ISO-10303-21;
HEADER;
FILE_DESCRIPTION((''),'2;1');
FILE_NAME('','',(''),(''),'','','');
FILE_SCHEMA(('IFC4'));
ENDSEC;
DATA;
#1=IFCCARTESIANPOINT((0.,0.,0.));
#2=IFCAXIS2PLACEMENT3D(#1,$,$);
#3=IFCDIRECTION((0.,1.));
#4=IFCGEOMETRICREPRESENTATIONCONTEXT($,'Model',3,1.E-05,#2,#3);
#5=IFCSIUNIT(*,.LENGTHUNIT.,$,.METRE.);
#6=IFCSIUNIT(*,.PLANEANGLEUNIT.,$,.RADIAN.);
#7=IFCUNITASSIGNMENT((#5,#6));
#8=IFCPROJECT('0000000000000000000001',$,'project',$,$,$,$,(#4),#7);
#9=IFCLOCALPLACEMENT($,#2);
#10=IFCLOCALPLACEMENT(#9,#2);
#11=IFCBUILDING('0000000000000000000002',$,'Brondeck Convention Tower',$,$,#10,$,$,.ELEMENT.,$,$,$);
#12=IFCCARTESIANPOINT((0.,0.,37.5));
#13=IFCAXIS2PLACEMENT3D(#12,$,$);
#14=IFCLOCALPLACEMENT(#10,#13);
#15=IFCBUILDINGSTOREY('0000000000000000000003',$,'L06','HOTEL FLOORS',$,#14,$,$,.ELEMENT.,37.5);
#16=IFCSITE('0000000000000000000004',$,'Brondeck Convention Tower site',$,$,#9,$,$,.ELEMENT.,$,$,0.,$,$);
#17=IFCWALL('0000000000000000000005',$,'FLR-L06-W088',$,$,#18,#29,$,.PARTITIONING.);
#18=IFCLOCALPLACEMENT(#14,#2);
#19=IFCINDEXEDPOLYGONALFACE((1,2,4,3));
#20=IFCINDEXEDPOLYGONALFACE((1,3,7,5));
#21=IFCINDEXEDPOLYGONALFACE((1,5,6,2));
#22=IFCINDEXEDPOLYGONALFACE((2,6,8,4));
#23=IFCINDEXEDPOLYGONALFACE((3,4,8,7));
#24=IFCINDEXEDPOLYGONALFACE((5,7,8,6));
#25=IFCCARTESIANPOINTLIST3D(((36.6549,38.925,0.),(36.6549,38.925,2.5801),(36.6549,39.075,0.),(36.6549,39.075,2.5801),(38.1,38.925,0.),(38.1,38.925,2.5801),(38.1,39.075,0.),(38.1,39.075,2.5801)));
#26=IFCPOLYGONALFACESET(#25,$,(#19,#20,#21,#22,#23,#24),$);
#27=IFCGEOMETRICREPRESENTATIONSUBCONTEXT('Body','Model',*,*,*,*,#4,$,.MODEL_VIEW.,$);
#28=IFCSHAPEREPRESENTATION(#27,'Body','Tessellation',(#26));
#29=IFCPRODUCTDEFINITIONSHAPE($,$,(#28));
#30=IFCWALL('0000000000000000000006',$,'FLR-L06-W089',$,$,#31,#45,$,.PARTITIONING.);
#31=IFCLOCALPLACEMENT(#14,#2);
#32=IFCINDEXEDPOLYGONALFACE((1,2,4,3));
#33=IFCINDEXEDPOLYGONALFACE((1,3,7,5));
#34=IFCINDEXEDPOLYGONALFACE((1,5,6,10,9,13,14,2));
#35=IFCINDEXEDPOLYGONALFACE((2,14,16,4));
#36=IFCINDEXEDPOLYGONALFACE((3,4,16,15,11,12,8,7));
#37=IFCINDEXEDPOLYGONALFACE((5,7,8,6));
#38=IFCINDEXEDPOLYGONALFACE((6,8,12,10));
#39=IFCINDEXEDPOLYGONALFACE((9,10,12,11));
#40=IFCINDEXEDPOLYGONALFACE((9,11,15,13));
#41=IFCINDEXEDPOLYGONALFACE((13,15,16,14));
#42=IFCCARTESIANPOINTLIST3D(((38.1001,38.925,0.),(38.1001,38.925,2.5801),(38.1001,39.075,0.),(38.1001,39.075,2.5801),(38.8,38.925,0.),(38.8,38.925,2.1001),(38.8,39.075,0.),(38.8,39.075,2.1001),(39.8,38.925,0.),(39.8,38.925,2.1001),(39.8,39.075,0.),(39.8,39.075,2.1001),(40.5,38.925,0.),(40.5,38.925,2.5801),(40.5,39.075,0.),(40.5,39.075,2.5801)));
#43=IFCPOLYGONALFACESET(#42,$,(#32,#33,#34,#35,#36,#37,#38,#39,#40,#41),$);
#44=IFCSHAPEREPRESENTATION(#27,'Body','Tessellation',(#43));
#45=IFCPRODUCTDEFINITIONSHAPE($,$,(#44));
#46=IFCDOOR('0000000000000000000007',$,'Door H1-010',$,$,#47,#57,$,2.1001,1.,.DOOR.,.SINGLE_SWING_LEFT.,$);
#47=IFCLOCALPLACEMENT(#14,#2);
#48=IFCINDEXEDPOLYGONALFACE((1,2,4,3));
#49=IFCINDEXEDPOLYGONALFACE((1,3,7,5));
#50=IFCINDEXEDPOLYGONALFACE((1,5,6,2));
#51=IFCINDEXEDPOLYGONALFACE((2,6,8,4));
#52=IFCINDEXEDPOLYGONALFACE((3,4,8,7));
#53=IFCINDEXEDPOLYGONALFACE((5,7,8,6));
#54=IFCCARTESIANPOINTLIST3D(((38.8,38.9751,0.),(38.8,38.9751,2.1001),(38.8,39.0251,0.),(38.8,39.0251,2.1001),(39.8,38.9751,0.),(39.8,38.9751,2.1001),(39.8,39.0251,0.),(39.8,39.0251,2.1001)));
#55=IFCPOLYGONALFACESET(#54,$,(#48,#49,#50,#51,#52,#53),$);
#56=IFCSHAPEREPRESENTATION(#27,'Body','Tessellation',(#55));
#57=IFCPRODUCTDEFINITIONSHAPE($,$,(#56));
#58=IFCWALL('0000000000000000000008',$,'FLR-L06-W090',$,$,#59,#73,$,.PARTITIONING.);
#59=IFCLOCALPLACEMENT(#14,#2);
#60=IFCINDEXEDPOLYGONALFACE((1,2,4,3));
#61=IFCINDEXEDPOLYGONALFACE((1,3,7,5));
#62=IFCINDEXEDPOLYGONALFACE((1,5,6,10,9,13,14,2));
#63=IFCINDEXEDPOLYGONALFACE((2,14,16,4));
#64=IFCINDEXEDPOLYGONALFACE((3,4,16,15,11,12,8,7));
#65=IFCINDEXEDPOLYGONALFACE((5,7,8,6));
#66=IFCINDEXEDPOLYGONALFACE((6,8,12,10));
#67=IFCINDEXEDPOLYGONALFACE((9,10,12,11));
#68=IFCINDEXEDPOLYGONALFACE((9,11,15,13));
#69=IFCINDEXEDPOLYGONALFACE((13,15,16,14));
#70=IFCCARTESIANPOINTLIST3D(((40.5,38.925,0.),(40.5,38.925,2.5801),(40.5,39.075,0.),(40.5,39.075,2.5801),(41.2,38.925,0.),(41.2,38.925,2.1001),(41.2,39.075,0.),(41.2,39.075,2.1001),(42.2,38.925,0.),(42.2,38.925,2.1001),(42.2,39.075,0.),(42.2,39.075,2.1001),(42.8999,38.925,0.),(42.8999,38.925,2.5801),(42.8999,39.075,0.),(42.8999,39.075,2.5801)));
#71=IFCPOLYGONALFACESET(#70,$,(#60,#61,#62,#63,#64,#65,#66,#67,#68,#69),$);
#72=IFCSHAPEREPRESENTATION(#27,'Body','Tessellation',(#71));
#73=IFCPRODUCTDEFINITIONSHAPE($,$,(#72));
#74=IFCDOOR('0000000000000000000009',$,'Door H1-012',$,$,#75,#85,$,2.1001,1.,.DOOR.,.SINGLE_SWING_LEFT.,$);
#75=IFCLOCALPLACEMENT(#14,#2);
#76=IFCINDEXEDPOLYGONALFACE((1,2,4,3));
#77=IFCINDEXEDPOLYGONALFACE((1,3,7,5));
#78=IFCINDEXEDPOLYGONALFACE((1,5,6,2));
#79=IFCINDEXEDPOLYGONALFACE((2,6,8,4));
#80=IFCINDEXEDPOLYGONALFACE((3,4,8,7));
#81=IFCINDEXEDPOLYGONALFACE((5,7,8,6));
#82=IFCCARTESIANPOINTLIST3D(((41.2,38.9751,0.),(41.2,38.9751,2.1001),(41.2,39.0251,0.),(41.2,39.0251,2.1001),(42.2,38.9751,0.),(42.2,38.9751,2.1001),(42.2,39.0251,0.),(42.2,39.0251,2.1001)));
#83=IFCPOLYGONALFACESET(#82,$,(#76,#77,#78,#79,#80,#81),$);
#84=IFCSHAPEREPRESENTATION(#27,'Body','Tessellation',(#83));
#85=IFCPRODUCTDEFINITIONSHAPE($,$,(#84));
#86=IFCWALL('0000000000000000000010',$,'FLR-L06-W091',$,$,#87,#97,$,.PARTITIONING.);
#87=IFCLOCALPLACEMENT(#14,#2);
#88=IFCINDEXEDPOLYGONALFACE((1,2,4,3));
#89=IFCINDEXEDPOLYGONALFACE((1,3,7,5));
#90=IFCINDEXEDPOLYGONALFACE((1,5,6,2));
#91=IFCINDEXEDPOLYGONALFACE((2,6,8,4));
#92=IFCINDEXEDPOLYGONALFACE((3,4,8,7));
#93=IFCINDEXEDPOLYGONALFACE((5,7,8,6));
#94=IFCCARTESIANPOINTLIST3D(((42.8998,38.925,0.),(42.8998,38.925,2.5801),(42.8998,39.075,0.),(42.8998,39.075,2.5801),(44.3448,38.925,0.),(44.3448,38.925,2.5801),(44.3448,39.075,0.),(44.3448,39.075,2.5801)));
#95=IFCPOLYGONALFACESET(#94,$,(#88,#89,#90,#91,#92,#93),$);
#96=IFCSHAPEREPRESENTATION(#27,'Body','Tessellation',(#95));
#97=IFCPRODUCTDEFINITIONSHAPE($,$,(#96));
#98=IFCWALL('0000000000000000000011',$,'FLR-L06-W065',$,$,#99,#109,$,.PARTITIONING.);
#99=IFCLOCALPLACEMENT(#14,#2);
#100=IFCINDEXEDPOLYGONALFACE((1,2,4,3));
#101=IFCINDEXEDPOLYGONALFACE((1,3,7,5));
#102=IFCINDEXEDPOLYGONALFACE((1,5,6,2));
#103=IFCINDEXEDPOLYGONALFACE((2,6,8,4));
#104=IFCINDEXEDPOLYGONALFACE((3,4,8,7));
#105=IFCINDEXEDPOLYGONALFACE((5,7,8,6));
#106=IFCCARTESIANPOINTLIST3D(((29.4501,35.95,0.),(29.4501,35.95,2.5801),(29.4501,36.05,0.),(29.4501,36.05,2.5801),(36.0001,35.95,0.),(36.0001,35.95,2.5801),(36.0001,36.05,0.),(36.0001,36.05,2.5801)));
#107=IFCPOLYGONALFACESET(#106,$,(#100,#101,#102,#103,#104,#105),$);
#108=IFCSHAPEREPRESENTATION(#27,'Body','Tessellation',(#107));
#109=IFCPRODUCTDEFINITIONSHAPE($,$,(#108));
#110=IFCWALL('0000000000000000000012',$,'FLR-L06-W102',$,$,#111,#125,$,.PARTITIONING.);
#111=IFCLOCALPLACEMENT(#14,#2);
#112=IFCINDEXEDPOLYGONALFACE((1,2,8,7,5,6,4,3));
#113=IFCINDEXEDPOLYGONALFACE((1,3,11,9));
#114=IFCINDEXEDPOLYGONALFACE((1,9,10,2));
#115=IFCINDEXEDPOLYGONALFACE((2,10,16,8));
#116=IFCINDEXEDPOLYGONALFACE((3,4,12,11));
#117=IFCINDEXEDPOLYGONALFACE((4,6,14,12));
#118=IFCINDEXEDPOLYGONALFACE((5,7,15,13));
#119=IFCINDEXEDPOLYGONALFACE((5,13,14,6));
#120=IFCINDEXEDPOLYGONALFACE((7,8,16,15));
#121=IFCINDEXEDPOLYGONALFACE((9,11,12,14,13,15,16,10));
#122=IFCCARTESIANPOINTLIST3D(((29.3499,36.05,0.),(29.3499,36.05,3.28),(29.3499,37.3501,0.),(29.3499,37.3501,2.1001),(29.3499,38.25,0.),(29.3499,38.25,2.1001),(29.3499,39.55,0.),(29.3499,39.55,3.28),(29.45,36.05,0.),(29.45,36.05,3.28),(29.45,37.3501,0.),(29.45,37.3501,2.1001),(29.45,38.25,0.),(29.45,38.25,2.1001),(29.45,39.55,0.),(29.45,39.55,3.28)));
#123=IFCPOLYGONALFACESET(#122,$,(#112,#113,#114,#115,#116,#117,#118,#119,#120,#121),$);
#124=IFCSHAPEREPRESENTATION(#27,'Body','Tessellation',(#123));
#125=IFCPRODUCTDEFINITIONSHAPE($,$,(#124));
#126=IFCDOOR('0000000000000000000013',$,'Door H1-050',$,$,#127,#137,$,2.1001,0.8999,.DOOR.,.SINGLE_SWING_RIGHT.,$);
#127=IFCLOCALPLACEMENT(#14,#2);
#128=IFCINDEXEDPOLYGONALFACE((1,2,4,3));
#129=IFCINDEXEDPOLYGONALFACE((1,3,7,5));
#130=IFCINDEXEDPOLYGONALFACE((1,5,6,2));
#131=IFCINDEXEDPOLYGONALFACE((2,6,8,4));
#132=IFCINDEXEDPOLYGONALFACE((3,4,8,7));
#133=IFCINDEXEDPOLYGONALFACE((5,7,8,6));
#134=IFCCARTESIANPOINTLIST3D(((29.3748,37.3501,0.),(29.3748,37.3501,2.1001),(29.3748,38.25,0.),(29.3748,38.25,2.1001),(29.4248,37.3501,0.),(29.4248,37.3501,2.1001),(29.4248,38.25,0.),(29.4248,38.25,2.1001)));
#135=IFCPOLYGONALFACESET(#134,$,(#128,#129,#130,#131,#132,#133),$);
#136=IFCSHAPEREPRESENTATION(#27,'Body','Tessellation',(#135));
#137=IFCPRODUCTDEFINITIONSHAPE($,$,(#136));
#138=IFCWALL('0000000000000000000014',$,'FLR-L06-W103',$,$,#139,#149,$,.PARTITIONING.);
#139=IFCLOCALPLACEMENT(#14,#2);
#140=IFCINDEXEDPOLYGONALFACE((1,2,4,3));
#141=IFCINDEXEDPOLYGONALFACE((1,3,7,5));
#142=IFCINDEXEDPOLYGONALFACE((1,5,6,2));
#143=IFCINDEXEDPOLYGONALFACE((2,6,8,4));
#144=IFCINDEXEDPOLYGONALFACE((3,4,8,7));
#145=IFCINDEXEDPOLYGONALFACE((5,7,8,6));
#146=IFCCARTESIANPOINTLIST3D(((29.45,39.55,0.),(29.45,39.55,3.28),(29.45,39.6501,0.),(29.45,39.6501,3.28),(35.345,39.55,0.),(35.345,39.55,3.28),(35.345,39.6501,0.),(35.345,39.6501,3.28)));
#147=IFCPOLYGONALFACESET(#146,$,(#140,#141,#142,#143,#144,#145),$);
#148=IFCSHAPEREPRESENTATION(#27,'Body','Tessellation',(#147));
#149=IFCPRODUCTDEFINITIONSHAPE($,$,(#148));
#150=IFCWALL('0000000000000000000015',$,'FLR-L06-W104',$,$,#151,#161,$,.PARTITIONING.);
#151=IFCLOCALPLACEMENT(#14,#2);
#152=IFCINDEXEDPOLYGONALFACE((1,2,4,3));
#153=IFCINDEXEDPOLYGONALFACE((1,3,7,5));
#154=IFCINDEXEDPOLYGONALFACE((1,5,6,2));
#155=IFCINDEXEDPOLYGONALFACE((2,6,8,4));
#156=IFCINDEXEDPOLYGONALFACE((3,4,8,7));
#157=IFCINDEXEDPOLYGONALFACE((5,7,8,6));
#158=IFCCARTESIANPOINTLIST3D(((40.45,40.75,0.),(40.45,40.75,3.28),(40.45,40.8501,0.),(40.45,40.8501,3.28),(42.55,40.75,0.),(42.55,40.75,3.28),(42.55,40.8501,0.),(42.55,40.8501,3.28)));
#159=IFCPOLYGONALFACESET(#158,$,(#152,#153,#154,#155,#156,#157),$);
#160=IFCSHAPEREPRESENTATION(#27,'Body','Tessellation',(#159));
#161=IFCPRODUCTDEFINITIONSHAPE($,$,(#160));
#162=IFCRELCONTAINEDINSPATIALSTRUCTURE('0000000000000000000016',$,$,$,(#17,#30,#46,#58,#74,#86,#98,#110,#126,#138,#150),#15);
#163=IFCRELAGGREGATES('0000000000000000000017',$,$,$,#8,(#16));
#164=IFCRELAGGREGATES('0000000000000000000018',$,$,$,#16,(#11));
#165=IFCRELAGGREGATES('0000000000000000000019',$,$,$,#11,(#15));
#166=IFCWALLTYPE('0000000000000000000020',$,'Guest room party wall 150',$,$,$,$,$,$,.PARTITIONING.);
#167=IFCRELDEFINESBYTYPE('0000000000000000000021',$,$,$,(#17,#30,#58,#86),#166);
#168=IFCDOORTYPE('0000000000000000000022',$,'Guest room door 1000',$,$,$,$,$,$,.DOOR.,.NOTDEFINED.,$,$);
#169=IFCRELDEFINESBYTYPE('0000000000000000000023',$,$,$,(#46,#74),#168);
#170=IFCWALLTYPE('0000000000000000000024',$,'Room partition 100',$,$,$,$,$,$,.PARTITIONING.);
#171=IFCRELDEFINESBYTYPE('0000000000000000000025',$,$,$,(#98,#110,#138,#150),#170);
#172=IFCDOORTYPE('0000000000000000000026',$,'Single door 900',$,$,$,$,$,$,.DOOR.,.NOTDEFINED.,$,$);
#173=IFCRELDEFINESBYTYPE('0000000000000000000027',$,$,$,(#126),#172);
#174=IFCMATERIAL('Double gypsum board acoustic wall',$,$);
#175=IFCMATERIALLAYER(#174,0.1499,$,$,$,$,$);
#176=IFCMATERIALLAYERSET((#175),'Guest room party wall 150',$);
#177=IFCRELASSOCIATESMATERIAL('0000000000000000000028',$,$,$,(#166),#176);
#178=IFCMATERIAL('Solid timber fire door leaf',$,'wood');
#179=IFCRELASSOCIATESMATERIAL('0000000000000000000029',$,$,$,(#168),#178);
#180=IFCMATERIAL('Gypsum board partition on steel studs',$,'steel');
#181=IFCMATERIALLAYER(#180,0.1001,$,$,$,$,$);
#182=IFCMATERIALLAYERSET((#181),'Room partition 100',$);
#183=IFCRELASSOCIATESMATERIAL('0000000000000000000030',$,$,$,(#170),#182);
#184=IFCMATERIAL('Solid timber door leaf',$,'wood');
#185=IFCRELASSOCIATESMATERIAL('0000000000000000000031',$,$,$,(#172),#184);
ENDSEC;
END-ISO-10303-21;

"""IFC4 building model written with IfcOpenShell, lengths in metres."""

from ifc_helpers import new_model, si_unit, direction, frame, frame_2d, origin, place, context, subcontext, project, spatial, rectangle, extrude, material, layer, layer_set, type_object, element, fill, save


model = new_model("IFC4")

# Units and contexts
model_context = context("Model", 3, precision=1e-05, world=origin(), true_north=direction((0.0, 1.0)))
body_context = subcontext(model_context, "Body", "Model", "MODEL_VIEW")
ifc_project = project(units=[si_unit("LENGTHUNIT", "METRE"), si_unit("PLANEANGLEUNIT", "RADIAN")], contexts=[model_context])

# Site, building, storey
site_placement = place(None, origin())
site = spatial("IfcSite", under=ifc_project, at=site_placement, Name="Brondeck Convention Tower site", CompositionType="ELEMENT", RefElevation=0.0)
building_placement = place(site_placement, origin())
building = spatial("IfcBuilding", under=site, at=building_placement, Name="Brondeck Convention Tower", CompositionType="ELEMENT")
storey_placement = place(building_placement, frame((0.0, 0.0, 37.5)))
storey = spatial("IfcBuildingStorey", under=building, at=storey_placement, Name="L06", Description="HOTEL FLOORS", CompositionType="ELEMENT", Elevation=37.5)

# Shared definitions
ifc_material_1 = material(Name="Double gypsum board acoustic wall")
ifc_layer_1 = layer(ifc_material_1, 0.1499)
ifc_layer_set_1 = layer_set([ifc_layer_1], Name="Guest room party wall 150")
wall_type_1 = type_object("IfcWallType", Name="Guest room party wall 150", PredefinedType="PARTITIONING", material=ifc_layer_set_1)

# Shared definitions
ifc_material_2 = material(Name="Solid timber door leaf", Category="wood")

# Wall
wall_1_placement = place(storey_placement, frame((38.1001, 39.0, 0.0), z_axis=(0.0, 0.0, 1.0), x_axis=(-1.0, 0.0, 0.0)))
element("IfcWall", 1, at=wall_1_placement, inside=storey, type_object=wall_type_1, Name="FLR-L06-W088", PredefinedType="PARTITIONING", context=body_context, shape_type="SweptSolid", body=[
    extrude(rectangle(XDim=1.4451, YDim=0.1499, at=frame_2d((0.7227, 0.0))), origin(), (0.0, 0.0, 1.0), 2.5801),
])

# Walls, openings, doors
wall_2_placement = place(storey_placement, frame((40.5, 39.0, 0.0), z_axis=(0.0, 0.0, 1.0), x_axis=(-1.0, 0.0, 0.0)))
wall_2 = element("IfcWall", 2, at=wall_2_placement, inside=storey, type_object=wall_type_1, Name="FLR-L06-W089", PredefinedType="PARTITIONING", context=body_context, shape_type="SweptSolid", body=[
    extrude(rectangle(XDim=2.3999, YDim=0.1499, at=frame_2d((1.2, 0.0))), origin(), (0.0, 0.0, 1.0), 2.5801),
])
opening_1_placement = place(wall_2_placement, frame((0.7, 0.0, 0.0)))
opening_1 = element("IfcOpeningElement", 3, at=opening_1_placement, cuts=wall_2, PredefinedType="OPENING", context=body_context, shape_type="SweptSolid", body=[
    extrude(rectangle(XDim=1.0, YDim=2.1001, at=frame_2d((0.5, 1.05))), frame((0.0, 0.085, 0.0), z_axis=(0.0, -1.0, 0.0), x_axis=(1.0, 0.0, 0.0)), (0.0, 0.0, 1.0), 0.1699),
])
ifc_material_3 = material(Name="Solid timber fire door leaf", Category="wood")
door_type_1 = type_object("IfcDoorType", Name="Guest room door 1000", OperationType="NOTDEFINED", PredefinedType="DOOR", material=ifc_material_3)
door_1_placement = place(opening_1_placement, origin())
door_1 = element("IfcDoor", 4, at=door_1_placement, inside=storey, type_object=door_type_1, Name="Door H1-010", OperationType="SINGLE_SWING_LEFT", OverallHeight=2.1001, OverallWidth=1.0, PredefinedType="DOOR", context=body_context, shape_type="SweptSolid", body=[
    extrude(rectangle(XDim=1.0, YDim=2.1001, at=frame_2d((0.5, 1.05))), frame((0.0, 0.0249, 0.0), z_axis=(0.0, -1.0, 0.0), x_axis=(1.0, 0.0, 0.0)), (0.0, 0.0, 1.0), 0.05),
])
fill(opening_1, door_1)
wall_3_placement = place(storey_placement, frame((42.8999, 39.0, 0.0), z_axis=(0.0, 0.0, 1.0), x_axis=(-1.0, 0.0, 0.0)))
wall_3 = element("IfcWall", 5, at=wall_3_placement, inside=storey, type_object=wall_type_1, Name="FLR-L06-W090", PredefinedType="PARTITIONING", context=body_context, shape_type="SweptSolid", body=[
    extrude(rectangle(XDim=2.3999, YDim=0.1499, at=frame_2d((1.2, 0.0))), origin(), (0.0, 0.0, 1.0), 2.5801),
])
opening_2_placement = place(wall_3_placement, frame((0.7, 0.0, 0.0)))
opening_2 = element("IfcOpeningElement", 6, at=opening_2_placement, cuts=wall_3, PredefinedType="OPENING", context=body_context, shape_type="SweptSolid", body=[
    extrude(rectangle(XDim=1.0, YDim=2.1001, at=frame_2d((0.5, 1.05))), frame((0.0, 0.085, 0.0), z_axis=(0.0, -1.0, 0.0), x_axis=(1.0, 0.0, 0.0)), (0.0, 0.0, 1.0), 0.1699),
])
door_2_placement = place(opening_2_placement, origin())
door_2 = element("IfcDoor", 7, at=door_2_placement, inside=storey, type_object=door_type_1, Name="Door H1-012", OperationType="SINGLE_SWING_LEFT", OverallHeight=2.1001, OverallWidth=1.0, PredefinedType="DOOR", context=body_context, shape_type="SweptSolid", body=[
    extrude(rectangle(XDim=1.0, YDim=2.1001, at=frame_2d((0.5, 1.05))), frame((0.0, 0.0249, 0.0), z_axis=(0.0, -1.0, 0.0), x_axis=(1.0, 0.0, 0.0)), (0.0, 0.0, 1.0), 0.05),
])
fill(opening_2, door_2)

# Walls
wall_4_placement = place(storey_placement, frame((44.345, 39.0, 0.0), z_axis=(0.0, 0.0, 1.0), x_axis=(-1.0, 0.0, 0.0)))
element("IfcWall", 8, at=wall_4_placement, inside=storey, type_object=wall_type_1, Name="FLR-L06-W091", PredefinedType="PARTITIONING", context=body_context, shape_type="SweptSolid", body=[
    extrude(rectangle(XDim=1.4451, YDim=0.1499, at=frame_2d((0.7227, 0.0))), origin(), (0.0, 0.0, 1.0), 2.5801),
])
ifc_material_4 = material(Name="Gypsum board partition on steel studs", Category="steel")
ifc_layer_2 = layer(ifc_material_4, 0.1001)
ifc_layer_set_2 = layer_set([ifc_layer_2], Name="Room partition 100")
wall_type_2 = type_object("IfcWallType", Name="Room partition 100", PredefinedType="PARTITIONING", material=ifc_layer_set_2)
wall_5_placement = place(storey_placement, frame((36.0, 36.0, 0.0), z_axis=(0.0, 0.0, 1.0), x_axis=(-1.0, 0.0, 0.0)))
element("IfcWall", 9, at=wall_5_placement, inside=storey, type_object=wall_type_2, Name="FLR-L06-W065", PredefinedType="PARTITIONING", context=body_context, shape_type="SweptSolid", body=[
    extrude(rectangle(XDim=6.55, YDim=0.1001, at=frame_2d((3.2749, 0.0))), origin(), (0.0, 0.0, 1.0), 2.5801),
])

# Wall, opening, door
wall_6_placement = place(storey_placement, frame((29.3999, 39.55, 0.0), z_axis=(0.0, 0.0, 1.0), x_axis=(0.0, -1.0, 0.0)))
wall_6 = element("IfcWall", 10, at=wall_6_placement, inside=storey, type_object=wall_type_2, Name="FLR-L06-W102", PredefinedType="PARTITIONING", context=body_context, shape_type="SweptSolid", body=[
    extrude(rectangle(XDim=3.5, YDim=0.1001, at=frame_2d((1.75, 0.0))), origin(), (0.0, 0.0, 1.0), 3.28),
])
opening_3_placement = place(wall_6_placement, frame((1.3, 0.0, 0.0)))
opening_3 = element("IfcOpeningElement", 11, at=opening_3_placement, cuts=wall_6, PredefinedType="OPENING", context=body_context, shape_type="SweptSolid", body=[
    extrude(rectangle(XDim=0.8999, YDim=2.1001, at=frame_2d((0.45, 1.05))), frame((0.0, 0.0601, 0.0), z_axis=(0.0, -1.0, 0.0), x_axis=(1.0, 0.0, 0.0)), (0.0, 0.0, 1.0), 0.1201),
])
door_type_2 = type_object("IfcDoorType", Name="Single door 900", OperationType="NOTDEFINED", PredefinedType="DOOR", material=ifc_material_2)
door_3_placement = place(opening_3_placement, origin())
door_3 = element("IfcDoor", 12, at=door_3_placement, inside=storey, type_object=door_type_2, Name="Door H1-050", OperationType="SINGLE_SWING_RIGHT", OverallHeight=2.1001, OverallWidth=0.8999, PredefinedType="DOOR", context=body_context, shape_type="SweptSolid", body=[
    extrude(rectangle(XDim=0.8999, YDim=2.1001, at=frame_2d((0.45, 1.05))), frame((0.0, 0.0249, 0.0), z_axis=(0.0, -1.0, 0.0), x_axis=(1.0, 0.0, 0.0)), (0.0, 0.0, 1.0), 0.05),
])
fill(opening_3, door_3)

# Walls
wall_7_placement = place(storey_placement, frame((35.345, 39.6001, 0.0), z_axis=(0.0, 0.0, 1.0), x_axis=(-1.0, 0.0, 0.0)))
element("IfcWall", 13, at=wall_7_placement, inside=storey, type_object=wall_type_2, Name="FLR-L06-W103", PredefinedType="PARTITIONING", context=body_context, shape_type="SweptSolid", body=[
    extrude(rectangle(XDim=5.895, YDim=0.1001, at=frame_2d((2.9475, 0.0))), origin(), (0.0, 0.0, 1.0), 3.28),
])
wall_8_placement = place(storey_placement, frame((40.45, 40.8, 0.0), z_axis=(0.0, 0.0, 1.0), x_axis=(1.0, 0.0, 0.0)))
element("IfcWall", 14, at=wall_8_placement, inside=storey, type_object=wall_type_2, Name="FLR-L06-W104", PredefinedType="PARTITIONING", context=body_context, shape_type="SweptSolid", body=[
    extrude(rectangle(XDim=2.1001, YDim=0.1001, at=frame_2d((1.05, 0.0))), origin(), (0.0, 0.0, 1.0), 3.28),
])

save(model, "model.ifc")
